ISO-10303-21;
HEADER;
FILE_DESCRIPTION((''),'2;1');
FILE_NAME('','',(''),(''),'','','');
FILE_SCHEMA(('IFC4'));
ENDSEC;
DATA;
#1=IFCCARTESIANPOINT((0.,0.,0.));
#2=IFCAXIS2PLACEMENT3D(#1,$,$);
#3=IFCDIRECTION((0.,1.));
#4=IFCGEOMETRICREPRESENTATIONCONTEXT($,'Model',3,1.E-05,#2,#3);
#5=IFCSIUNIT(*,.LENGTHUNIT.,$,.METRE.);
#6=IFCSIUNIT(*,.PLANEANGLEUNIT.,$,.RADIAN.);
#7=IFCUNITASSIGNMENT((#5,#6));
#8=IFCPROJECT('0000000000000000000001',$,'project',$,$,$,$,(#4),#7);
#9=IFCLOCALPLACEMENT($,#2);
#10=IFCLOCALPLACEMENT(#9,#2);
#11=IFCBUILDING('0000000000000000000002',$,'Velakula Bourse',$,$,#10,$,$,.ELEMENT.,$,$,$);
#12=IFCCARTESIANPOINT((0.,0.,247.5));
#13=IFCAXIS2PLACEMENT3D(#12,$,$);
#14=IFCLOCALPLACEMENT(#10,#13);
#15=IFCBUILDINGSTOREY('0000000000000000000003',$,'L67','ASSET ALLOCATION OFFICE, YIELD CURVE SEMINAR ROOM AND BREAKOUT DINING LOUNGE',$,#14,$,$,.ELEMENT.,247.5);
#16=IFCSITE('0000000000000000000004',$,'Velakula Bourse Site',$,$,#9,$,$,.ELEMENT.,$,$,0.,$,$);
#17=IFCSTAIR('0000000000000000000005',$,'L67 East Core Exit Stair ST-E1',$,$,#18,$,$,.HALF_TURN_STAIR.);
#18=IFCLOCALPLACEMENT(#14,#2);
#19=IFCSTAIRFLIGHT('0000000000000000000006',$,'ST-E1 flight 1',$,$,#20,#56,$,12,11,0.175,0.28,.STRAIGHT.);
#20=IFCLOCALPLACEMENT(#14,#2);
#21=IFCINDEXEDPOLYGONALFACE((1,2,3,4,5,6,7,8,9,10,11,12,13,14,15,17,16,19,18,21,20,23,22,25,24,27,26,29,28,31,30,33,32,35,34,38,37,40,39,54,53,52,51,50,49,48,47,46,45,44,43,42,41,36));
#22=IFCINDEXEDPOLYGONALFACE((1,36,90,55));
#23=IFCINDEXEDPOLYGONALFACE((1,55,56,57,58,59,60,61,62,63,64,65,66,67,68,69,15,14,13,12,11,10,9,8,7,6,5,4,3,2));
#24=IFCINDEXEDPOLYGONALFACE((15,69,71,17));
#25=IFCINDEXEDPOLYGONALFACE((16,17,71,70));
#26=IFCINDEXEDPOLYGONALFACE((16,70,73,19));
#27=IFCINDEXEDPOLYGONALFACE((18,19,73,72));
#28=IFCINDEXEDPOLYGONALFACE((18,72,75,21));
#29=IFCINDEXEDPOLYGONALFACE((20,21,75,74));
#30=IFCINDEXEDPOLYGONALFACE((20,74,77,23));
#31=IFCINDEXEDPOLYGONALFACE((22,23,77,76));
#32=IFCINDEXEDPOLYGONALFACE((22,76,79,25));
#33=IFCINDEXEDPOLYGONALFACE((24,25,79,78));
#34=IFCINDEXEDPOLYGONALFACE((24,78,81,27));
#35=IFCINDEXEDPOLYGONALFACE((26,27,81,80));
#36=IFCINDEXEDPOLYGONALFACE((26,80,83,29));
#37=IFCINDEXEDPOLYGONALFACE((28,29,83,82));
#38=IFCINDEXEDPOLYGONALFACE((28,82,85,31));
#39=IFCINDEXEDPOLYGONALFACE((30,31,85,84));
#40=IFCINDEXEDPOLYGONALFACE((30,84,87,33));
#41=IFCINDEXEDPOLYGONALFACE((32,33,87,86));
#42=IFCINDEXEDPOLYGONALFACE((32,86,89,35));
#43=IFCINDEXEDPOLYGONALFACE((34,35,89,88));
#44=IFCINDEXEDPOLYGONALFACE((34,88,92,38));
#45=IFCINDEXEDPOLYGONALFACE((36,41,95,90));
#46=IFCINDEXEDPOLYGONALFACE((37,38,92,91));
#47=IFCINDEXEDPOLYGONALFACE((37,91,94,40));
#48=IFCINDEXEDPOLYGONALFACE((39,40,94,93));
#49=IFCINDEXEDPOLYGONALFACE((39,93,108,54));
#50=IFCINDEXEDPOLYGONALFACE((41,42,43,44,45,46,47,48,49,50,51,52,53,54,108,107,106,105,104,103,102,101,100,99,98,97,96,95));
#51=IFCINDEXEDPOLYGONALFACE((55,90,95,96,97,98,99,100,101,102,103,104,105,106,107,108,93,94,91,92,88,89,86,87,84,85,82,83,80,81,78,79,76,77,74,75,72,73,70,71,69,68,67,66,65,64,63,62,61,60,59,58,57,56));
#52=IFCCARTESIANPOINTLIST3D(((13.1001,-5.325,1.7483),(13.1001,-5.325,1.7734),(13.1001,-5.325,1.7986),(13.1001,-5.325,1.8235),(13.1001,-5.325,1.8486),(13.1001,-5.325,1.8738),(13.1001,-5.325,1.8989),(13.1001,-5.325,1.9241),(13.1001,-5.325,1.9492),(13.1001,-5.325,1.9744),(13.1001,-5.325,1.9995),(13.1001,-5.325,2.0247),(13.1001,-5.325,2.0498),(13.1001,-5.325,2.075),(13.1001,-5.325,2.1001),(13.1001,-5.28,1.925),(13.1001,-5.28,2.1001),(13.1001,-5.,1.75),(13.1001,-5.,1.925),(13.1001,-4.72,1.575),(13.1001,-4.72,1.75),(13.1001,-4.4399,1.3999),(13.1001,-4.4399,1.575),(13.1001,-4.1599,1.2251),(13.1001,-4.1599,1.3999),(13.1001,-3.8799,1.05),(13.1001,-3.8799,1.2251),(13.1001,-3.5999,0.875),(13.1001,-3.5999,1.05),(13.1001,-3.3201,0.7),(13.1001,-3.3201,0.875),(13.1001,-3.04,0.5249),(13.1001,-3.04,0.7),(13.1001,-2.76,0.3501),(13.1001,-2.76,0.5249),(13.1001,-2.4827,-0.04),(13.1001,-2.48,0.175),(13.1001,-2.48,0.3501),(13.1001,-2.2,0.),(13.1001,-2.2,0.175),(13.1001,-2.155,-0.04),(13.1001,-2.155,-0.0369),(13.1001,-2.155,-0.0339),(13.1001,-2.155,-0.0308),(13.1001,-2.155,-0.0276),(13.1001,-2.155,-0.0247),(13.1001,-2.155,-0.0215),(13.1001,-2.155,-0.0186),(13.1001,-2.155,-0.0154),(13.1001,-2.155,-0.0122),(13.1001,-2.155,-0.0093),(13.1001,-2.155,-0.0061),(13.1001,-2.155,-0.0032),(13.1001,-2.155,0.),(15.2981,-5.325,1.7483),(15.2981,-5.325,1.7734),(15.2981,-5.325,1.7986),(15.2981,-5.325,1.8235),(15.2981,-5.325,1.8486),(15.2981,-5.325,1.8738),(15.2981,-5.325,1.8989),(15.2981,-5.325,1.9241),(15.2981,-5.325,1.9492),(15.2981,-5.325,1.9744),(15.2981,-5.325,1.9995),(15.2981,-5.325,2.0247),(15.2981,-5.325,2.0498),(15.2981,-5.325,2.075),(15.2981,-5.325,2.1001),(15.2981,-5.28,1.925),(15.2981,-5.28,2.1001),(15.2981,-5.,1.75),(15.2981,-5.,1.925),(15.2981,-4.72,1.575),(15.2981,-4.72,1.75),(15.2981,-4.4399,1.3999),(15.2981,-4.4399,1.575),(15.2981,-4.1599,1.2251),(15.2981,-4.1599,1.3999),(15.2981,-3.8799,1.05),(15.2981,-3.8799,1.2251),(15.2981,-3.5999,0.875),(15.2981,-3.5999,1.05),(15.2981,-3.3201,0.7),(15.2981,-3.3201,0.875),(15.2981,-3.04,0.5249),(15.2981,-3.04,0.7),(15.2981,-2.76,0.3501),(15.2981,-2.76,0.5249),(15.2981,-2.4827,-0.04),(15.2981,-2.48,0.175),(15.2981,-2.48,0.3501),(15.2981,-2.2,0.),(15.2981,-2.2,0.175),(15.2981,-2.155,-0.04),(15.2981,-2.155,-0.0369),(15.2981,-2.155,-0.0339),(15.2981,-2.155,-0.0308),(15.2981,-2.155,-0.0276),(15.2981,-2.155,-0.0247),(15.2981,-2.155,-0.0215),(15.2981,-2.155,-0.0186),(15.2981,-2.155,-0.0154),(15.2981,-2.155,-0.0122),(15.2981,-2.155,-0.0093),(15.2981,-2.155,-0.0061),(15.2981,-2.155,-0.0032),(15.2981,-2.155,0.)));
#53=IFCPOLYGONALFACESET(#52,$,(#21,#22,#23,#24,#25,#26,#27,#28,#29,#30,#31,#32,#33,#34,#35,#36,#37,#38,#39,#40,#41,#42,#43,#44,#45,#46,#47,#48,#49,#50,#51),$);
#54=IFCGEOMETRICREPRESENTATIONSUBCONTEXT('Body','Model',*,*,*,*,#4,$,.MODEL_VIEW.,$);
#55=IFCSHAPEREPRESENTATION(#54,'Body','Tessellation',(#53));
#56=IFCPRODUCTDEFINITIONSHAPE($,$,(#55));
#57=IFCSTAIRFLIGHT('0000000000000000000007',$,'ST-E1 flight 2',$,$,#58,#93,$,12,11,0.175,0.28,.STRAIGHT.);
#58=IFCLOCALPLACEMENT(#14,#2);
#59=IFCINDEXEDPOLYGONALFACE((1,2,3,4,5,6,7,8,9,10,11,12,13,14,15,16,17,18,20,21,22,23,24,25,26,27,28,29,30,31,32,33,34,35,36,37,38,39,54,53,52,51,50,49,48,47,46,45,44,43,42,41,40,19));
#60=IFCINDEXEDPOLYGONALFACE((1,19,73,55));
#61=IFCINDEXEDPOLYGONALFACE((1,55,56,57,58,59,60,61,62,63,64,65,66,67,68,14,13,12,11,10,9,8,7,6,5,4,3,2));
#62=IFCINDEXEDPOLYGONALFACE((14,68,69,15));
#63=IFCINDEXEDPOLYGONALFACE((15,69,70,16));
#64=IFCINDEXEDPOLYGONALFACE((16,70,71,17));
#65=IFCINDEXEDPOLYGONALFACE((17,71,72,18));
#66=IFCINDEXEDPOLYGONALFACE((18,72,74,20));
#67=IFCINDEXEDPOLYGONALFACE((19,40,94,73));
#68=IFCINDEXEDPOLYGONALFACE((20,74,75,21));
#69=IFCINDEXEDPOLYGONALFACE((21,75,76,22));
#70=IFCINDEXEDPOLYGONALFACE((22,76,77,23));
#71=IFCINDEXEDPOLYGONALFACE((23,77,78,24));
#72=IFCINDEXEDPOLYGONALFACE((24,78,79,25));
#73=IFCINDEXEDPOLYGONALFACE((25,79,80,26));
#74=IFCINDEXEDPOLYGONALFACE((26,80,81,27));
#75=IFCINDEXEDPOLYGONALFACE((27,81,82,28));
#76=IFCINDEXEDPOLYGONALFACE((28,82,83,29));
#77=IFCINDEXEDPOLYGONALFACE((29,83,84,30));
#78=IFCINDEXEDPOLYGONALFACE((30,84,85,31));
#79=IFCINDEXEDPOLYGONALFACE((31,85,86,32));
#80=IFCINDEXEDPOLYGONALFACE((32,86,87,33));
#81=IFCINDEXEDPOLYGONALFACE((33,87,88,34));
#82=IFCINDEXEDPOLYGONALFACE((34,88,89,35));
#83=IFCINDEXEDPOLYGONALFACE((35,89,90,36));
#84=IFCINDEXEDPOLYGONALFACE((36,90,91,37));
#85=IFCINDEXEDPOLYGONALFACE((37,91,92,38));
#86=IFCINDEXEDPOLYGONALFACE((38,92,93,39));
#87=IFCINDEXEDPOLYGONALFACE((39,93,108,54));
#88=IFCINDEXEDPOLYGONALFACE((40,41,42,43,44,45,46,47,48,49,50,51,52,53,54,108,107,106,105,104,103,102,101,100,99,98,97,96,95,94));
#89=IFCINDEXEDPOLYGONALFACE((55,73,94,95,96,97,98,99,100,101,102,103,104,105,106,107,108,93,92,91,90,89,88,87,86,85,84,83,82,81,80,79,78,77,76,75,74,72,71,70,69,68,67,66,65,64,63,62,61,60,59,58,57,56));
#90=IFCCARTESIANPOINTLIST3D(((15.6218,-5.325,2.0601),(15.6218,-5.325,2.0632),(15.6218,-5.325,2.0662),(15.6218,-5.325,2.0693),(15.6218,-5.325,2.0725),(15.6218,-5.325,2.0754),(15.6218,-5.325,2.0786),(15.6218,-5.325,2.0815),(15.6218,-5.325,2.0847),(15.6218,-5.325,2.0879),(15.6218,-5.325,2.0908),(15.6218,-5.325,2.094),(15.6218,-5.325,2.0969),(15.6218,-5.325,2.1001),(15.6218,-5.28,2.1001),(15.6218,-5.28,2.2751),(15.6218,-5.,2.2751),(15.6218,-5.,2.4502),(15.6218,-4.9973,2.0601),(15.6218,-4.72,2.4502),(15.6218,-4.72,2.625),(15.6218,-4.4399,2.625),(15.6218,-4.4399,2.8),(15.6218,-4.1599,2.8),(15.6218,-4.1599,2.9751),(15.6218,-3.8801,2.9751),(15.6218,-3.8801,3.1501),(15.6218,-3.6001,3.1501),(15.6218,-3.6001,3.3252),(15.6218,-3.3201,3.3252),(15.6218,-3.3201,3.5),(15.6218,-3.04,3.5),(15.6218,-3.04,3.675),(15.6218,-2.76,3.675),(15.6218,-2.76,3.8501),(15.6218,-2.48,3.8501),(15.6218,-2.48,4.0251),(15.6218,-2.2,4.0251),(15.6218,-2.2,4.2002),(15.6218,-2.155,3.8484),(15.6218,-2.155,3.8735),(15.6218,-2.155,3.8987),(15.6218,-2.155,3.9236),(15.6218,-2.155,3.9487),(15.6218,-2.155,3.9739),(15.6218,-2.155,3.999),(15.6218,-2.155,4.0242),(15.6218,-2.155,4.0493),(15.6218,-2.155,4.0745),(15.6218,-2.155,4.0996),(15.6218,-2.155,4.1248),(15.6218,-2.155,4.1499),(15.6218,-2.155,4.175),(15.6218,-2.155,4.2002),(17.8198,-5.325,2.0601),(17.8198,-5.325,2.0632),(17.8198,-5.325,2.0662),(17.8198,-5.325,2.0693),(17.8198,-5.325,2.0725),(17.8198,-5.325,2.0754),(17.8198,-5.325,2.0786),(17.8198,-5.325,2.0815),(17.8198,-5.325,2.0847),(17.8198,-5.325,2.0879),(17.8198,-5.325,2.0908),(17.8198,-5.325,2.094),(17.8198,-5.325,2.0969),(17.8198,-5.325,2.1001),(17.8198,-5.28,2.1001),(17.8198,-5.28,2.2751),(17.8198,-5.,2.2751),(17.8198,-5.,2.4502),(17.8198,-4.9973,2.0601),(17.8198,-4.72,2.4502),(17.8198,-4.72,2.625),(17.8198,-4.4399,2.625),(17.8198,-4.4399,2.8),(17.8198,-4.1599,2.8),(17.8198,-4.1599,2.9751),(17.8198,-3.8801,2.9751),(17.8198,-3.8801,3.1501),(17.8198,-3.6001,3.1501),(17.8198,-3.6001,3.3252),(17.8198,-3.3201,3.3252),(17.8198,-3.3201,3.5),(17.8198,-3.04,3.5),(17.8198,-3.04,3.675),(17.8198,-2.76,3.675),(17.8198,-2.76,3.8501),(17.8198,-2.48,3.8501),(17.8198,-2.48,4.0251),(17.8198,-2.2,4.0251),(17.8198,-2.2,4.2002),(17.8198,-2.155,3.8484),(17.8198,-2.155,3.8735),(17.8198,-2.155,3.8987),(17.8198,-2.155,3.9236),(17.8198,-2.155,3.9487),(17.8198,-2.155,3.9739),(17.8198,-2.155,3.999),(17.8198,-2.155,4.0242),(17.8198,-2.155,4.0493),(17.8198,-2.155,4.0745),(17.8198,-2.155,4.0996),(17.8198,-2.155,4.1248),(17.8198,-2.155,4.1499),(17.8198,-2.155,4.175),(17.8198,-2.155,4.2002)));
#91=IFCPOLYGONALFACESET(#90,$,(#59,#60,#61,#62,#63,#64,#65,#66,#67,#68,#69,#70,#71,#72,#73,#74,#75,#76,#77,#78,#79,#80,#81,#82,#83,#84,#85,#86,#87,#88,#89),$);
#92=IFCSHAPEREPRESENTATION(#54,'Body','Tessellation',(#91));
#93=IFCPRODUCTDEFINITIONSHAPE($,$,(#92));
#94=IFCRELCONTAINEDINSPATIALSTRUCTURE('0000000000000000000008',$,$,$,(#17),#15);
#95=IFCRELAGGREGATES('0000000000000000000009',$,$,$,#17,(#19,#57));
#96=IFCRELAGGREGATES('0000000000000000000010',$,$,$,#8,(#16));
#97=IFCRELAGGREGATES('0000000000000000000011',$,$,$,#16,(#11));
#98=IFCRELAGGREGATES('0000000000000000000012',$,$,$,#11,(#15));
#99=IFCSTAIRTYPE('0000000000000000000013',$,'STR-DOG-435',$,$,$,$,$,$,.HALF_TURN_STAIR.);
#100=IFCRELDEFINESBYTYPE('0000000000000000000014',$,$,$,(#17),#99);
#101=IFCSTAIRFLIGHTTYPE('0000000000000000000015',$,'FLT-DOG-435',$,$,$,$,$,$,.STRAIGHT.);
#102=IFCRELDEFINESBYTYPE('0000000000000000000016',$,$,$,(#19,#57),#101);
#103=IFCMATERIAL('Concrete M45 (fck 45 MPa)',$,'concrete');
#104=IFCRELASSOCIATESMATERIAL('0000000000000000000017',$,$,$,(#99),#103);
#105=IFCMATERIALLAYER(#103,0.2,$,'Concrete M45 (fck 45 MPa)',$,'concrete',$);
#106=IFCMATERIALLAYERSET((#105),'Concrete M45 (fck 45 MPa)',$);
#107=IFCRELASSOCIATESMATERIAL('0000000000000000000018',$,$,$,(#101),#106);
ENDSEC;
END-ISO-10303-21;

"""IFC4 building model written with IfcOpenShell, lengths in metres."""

from ifc_helpers import new_model, si_unit, direction, frame, origin, place, context, subcontext, project, spatial, polyline, outline, extrude, material, layer, layer_set, type_object, element, aggregate, save


model = new_model("IFC4")

# Units and contexts
model_context = context("Model", 3, precision=1e-05, world=origin(), true_north=direction((0.0, 1.0)))
body_context = subcontext(model_context, "Body", "Model", "MODEL_VIEW")
ifc_project = project(units=[si_unit("LENGTHUNIT", "METRE"), si_unit("PLANEANGLEUNIT", "RADIAN")], contexts=[model_context])

# Site, building, storey
site_placement = place(None, origin())
site = spatial("IfcSite", under=ifc_project, at=site_placement, Name="Velakula Bourse Site", CompositionType="ELEMENT", RefElevation=0.0)
building_placement = place(site_placement, origin())
building = spatial("IfcBuilding", under=site, at=building_placement, Name="Velakula Bourse", CompositionType="ELEMENT")
storey_placement = place(building_placement, frame((0.0, 0.0, 247.5)))
storey = spatial("IfcBuildingStorey", under=building, at=storey_placement, Name="L67", Description="ASSET ALLOCATION OFFICE, YIELD CURVE SEMINAR ROOM AND BREAKOUT DINING LOUNGE", CompositionType="ELEMENT", Elevation=247.5)

# Stair, stair flights
ifc_material_1 = material(Name="Concrete M45 (fck 45 MPa)", Category="concrete")
stair_type = type_object("IfcStairType", Name="STR-DOG-435", PredefinedType="HALF_TURN_STAIR", material=ifc_material_1)
stair_placement = place(storey_placement, origin())
stair = element("IfcStair", 1, at=stair_placement, inside=storey, type_object=stair_type, Name="L67 East Core Exit Stair ST-E1", PredefinedType="HALF_TURN_STAIR")
ifc_layer_1 = layer(ifc_material_1, 0.2, Name="Concrete M45 (fck 45 MPa)", Category="concrete")
ifc_layer_set_1 = layer_set([ifc_layer_1], Name="Concrete M45 (fck 45 MPa)")
stair_flight_type = type_object("IfcStairFlightType", Name="FLT-DOG-435", PredefinedType="STRAIGHT", material=ifc_layer_set_1)
stair_flight_1_placement = place(storey_placement, frame((14.199, -2.2, 0.0), z_axis=(0.0, 0.0, 1.0), x_axis=(0.0, -1.0, 0.0)))
stair_flight_1 = element("IfcStairFlight", 2, at=stair_flight_1_placement, type_object=stair_flight_type, Name="ST-E1 flight 1", NumberOfRisers=12, NumberOfTreads=11, PredefinedType="STRAIGHT", RiserHeight=0.175, TreadLength=0.28, context=body_context, shape_type="SweptSolid", body=[
    extrude(outline(polyline([(-0.0449, -0.04), (-0.0449, -0.0369), (-0.0449, -0.0339), (-0.0449, -0.0308), (-0.0449, -0.0276), (-0.0449, -0.0247), (-0.0449, -0.0215), (-0.0449, -0.0186), (-0.0449, -0.0154), (-0.0449, -0.0122), (-0.0449, -0.0093), (-0.0449, -0.0061), (-0.0449, -0.0032), (-0.0449, 0.0), (0.0, 0.0), (0.0, 0.175), (0.28, 0.175), (0.28, 0.3501), (0.5601, 0.3501), (0.5601, 0.5249), (0.8401, 0.5249), (0.8401, 0.7), (1.1201, 0.7), (1.1201, 0.875), (1.3999, 0.875), (1.3999, 1.05), (1.6799, 1.05), (1.6799, 1.2251), (1.96, 1.2251), (1.96, 1.3999), (2.24, 1.3999), (2.24, 1.575), (2.52, 1.575), (2.52, 1.75), (2.8, 1.75), (2.8, 1.925), (3.0801, 1.925), (3.0801, 2.1001), (3.125, 2.1001), (3.125, 2.075), (3.125, 2.0498), (3.125, 2.0247), (3.125, 1.9995), (3.125, 1.9744), (3.125, 1.9492), (3.125, 1.9241), (3.125, 1.8989), (3.125, 1.8738), (3.125, 1.8486), (3.125, 1.8235), (3.125, 1.7986), (3.125, 1.7734), (3.125, 1.7483), (0.2827, -0.04), (-0.0449, -0.04)])), frame((0.0, 1.0991, 0.0), z_axis=(0.0, -1.0, 0.0), x_axis=(1.0, 0.0, 0.0)), (0.0, 0.0, 1.0), 2.198),
])
stair_flight_2_placement = place(storey_placement, frame((16.7209, -5.28, 2.1001), z_axis=(0.0, 0.0, 1.0), x_axis=(0.0, 1.0, 0.0)))
stair_flight_2 = element("IfcStairFlight", 3, at=stair_flight_2_placement, type_object=stair_flight_type, Name="ST-E1 flight 2", NumberOfRisers=12, NumberOfTreads=11, PredefinedType="STRAIGHT", RiserHeight=0.175, TreadLength=0.28, context=body_context, shape_type="SweptSolid", body=[
    extrude(outline(polyline([(-0.0449, -0.04), (-0.0449, -0.0369), (-0.0449, -0.0339), (-0.0449, -0.0308), (-0.0449, -0.0276), (-0.0449, -0.0247), (-0.0449, -0.0215), (-0.0449, -0.0186), (-0.0449, -0.0154), (-0.0449, -0.0122), (-0.0449, -0.0093), (-0.0449, -0.0061), (-0.0449, -0.0032), (-0.0449, 0.0), (0.0, 0.0), (0.0, 0.175), (0.28, 0.175), (0.28, 0.3501), (0.5601, 0.3501), (0.5601, 0.5249), (0.8401, 0.5249), (0.8401, 0.7), (1.1201, 0.7), (1.1201, 0.875), (1.3999, 0.875), (1.3999, 1.05), (1.6799, 1.05), (1.6799, 1.2251), (1.96, 1.2251), (1.96, 1.3999), (2.24, 1.3999), (2.24, 1.575), (2.52, 1.575), (2.52, 1.75), (2.8, 1.75), (2.8, 1.925), (3.0801, 1.925), (3.0801, 2.1001), (3.125, 2.1001), (3.125, 2.075), (3.125, 2.0498), (3.125, 2.0247), (3.125, 1.9995), (3.125, 1.9744), (3.125, 1.9492), (3.125, 1.9241), (3.125, 1.8989), (3.125, 1.8738), (3.125, 1.8486), (3.125, 1.8235), (3.125, 1.7986), (3.125, 1.7734), (3.125, 1.7483), (0.2827, -0.04), (-0.0449, -0.04)])), frame((0.0, 1.0991, 0.0), z_axis=(0.0, -1.0, 0.0), x_axis=(1.0, 0.0, 0.0)), (0.0, 0.0, 1.0), 2.198),
])
aggregate(stair, [stair_flight_1, stair_flight_2])

save(model, "model.ifc")
